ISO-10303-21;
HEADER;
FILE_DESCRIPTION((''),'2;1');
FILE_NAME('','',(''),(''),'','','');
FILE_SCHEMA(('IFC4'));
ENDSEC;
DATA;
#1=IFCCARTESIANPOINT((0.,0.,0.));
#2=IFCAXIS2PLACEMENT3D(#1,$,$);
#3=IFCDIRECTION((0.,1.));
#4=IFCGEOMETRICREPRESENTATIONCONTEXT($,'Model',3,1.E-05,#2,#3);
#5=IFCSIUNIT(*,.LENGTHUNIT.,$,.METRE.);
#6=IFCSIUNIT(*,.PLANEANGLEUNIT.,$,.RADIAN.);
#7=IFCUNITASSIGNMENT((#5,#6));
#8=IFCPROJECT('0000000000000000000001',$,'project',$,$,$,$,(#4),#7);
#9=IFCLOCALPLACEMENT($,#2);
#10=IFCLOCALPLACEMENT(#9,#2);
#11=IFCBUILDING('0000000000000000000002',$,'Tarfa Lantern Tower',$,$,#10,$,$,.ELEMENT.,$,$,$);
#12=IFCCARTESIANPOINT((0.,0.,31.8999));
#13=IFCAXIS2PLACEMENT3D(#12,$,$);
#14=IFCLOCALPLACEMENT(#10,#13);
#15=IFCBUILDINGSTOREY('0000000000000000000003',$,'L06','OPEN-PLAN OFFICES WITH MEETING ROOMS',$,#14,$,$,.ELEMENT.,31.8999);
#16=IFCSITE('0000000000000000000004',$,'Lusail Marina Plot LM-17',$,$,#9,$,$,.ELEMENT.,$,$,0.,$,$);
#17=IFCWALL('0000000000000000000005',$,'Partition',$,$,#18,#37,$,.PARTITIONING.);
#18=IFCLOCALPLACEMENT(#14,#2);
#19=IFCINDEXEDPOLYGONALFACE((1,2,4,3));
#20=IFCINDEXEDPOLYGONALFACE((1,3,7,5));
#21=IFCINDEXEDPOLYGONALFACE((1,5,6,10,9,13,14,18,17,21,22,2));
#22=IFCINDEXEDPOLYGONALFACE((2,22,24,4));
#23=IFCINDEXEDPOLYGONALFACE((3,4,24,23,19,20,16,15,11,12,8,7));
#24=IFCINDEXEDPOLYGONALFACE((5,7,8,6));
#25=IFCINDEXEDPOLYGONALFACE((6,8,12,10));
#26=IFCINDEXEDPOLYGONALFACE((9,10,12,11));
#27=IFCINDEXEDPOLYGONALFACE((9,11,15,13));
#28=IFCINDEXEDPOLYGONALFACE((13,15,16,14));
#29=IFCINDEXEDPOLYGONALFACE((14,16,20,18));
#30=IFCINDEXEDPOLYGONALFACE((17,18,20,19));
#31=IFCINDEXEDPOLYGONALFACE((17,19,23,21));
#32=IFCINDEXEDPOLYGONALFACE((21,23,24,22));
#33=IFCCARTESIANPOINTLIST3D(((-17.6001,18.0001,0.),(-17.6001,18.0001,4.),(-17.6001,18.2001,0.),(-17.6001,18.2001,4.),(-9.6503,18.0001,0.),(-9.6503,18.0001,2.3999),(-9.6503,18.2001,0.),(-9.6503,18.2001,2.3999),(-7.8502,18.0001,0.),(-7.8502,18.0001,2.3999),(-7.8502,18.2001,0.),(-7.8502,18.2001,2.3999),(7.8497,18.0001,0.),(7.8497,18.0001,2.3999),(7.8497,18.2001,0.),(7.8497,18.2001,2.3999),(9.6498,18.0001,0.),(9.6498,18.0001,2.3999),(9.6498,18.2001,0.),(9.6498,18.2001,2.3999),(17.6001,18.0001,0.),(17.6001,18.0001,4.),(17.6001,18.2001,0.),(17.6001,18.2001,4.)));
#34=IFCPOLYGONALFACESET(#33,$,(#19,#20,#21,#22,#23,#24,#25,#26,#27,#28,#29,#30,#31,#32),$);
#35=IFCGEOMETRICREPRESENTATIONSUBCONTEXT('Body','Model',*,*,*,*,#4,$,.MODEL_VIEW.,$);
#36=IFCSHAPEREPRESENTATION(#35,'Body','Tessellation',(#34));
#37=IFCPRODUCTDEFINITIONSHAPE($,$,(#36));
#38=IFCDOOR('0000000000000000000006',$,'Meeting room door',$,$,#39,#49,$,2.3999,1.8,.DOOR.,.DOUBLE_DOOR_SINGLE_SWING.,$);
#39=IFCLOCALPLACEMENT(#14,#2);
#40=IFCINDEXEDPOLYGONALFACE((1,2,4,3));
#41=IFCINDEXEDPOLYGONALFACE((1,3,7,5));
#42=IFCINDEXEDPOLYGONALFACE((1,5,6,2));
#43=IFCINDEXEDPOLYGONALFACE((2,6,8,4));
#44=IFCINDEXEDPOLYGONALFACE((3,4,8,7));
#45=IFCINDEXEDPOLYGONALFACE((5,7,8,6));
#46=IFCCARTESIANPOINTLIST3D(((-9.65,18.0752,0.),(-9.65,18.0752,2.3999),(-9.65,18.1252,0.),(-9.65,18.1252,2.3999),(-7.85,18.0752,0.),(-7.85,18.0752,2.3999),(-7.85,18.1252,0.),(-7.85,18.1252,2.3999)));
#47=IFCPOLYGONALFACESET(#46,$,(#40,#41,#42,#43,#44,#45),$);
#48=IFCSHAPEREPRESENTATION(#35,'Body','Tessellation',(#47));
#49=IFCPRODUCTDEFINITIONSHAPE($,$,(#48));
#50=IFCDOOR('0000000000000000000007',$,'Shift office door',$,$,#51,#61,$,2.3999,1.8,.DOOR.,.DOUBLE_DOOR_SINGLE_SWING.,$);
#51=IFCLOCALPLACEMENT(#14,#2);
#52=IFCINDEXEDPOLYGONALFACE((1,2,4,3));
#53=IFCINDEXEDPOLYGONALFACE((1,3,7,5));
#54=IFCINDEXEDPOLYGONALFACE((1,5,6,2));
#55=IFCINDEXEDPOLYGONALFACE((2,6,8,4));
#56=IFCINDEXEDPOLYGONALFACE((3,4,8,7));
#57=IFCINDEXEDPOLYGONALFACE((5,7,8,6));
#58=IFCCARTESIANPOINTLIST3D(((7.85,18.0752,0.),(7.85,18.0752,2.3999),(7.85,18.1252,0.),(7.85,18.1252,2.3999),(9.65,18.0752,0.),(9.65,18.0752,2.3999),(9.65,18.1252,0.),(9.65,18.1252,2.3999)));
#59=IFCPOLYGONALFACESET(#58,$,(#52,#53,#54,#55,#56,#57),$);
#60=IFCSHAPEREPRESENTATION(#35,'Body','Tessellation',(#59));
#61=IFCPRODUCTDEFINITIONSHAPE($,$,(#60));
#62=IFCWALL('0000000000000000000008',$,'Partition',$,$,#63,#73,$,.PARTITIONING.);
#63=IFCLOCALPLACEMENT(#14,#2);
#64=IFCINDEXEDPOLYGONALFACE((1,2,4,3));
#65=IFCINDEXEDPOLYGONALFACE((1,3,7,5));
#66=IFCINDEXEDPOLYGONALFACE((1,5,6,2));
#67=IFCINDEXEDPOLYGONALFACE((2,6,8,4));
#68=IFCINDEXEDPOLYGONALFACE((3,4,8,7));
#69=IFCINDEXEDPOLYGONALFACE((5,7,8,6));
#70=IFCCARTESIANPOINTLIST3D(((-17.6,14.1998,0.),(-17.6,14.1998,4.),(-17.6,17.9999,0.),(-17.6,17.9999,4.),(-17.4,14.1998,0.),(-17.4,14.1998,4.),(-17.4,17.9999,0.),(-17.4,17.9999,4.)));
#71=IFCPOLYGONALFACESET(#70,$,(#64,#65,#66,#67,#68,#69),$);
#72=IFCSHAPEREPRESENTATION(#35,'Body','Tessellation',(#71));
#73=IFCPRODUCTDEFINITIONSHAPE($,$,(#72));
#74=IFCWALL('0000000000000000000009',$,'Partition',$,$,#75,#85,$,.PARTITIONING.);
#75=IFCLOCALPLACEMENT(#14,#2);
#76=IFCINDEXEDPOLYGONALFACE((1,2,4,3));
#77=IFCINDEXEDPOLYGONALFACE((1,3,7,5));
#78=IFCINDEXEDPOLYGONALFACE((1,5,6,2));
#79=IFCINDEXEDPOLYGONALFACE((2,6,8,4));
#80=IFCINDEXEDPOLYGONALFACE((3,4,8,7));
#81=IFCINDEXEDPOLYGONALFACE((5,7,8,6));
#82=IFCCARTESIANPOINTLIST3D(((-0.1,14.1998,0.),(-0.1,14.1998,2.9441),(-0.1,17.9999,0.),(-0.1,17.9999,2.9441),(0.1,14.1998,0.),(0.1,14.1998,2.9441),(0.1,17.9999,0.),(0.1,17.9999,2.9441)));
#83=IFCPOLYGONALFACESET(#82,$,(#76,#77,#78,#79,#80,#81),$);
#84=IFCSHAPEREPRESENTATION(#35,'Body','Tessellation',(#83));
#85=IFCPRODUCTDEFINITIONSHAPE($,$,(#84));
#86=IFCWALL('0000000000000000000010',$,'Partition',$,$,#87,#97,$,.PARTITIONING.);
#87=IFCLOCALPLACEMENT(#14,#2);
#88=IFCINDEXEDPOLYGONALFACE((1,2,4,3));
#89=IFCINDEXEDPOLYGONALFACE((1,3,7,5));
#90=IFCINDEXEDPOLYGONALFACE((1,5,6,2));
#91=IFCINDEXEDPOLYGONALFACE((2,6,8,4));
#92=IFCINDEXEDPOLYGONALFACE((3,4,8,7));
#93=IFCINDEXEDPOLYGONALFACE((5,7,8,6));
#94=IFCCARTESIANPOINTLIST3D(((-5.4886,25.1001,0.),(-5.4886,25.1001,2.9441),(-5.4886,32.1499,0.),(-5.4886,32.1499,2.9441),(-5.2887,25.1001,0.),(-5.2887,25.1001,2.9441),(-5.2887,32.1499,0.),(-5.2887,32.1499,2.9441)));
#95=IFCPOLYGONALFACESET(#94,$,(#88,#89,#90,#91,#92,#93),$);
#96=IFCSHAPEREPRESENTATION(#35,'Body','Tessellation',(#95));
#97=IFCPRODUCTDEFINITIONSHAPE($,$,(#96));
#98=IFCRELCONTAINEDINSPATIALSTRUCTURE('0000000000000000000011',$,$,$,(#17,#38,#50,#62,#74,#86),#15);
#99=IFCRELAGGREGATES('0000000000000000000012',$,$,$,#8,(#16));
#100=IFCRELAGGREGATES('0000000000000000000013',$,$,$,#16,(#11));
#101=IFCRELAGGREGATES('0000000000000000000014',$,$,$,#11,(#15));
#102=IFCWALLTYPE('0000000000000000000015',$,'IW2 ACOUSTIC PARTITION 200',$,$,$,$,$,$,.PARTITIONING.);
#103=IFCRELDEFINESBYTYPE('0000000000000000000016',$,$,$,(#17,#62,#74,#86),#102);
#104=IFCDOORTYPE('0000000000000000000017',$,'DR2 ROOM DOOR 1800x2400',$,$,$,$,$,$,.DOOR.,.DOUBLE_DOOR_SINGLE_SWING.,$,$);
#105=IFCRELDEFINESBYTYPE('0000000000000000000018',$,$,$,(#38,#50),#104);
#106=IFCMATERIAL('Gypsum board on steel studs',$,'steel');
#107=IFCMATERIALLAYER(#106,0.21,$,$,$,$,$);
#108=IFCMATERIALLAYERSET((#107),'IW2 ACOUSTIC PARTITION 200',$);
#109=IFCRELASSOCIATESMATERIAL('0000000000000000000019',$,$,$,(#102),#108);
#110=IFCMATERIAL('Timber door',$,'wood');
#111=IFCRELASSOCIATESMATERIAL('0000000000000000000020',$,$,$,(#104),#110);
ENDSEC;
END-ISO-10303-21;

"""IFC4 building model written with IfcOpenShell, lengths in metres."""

from ifc_helpers import new_model, si_unit, direction, frame, frame_2d, origin, place, context, subcontext, project, spatial, rectangle, extrude, material, layer, layer_set, type_object, element, fill, save


model = new_model("IFC4")

# Units and contexts
model_context = context("Model", 3, precision=1e-05, world=origin(), true_north=direction((0.0, 1.0)))
body_context = subcontext(model_context, "Body", "Model", "MODEL_VIEW")
ifc_project = project(units=[si_unit("LENGTHUNIT", "METRE"), si_unit("PLANEANGLEUNIT", "RADIAN")], contexts=[model_context])

# Site, building, storey
site_placement = place(None, origin())
site = spatial("IfcSite", under=ifc_project, at=site_placement, Name="Lusail Marina Plot LM-17", CompositionType="ELEMENT", RefElevation=0.0)
building_placement = place(site_placement, origin())
building = spatial("IfcBuilding", under=site, at=building_placement, Name="Tarfa Lantern Tower", CompositionType="ELEMENT")
storey_placement = place(building_placement, frame((0.0, 0.0, 31.8999)))
storey = spatial("IfcBuildingStorey", under=building, at=storey_placement, Name="L06", Description="OPEN-PLAN OFFICES WITH MEETING ROOMS", CompositionType="ELEMENT", Elevation=31.8999)

# Wall, openings, doors
ifc_material_1 = material(Name="Gypsum board on steel studs", Category="steel")
ifc_layer_1 = layer(ifc_material_1, 0.21)
ifc_layer_set_1 = layer_set([ifc_layer_1], Name="IW2 ACOUSTIC PARTITION 200")
wall_type = type_object("IfcWallType", Name="IW2 ACOUSTIC PARTITION 200", PredefinedType="PARTITIONING", material=ifc_layer_set_1)
wall_1_placement = place(storey_placement, frame((-17.6001, 18.1001, 0.0), z_axis=(0.0, 0.0, 1.0), x_axis=(1.0, 0.0, 0.0)))
wall_1 = element("IfcWall", 1, at=wall_1_placement, inside=storey, type_object=wall_type, Name="Partition", PredefinedType="PARTITIONING", context=body_context, shape_type="SweptSolid", body=[
    extrude(rectangle(XDim=35.2002, YDim=0.2, at=frame_2d((17.6001, 0.0))), origin(), (0.0, 0.0, 1.0), 4.0),
])
opening_1_placement = place(wall_1_placement, frame((7.95, 0.0, 0.0)))
opening_1 = element("IfcOpeningElement", 2, at=opening_1_placement, cuts=wall_1, PredefinedType="OPENING", context=body_context, shape_type="SweptSolid", body=[
    extrude(rectangle(XDim=1.8, YDim=2.3999, at=frame_2d((0.8999, 1.2))), frame((0.0, 0.1099, 0.0), z_axis=(0.0, -1.0, 0.0), x_axis=(1.0, 0.0, 0.0)), (0.0, 0.0, 1.0), 0.22),
])
opening_2_placement = place(wall_1_placement, frame((25.45, 0.0, 0.0)))
opening_2 = element("IfcOpeningElement", 3, at=opening_2_placement, cuts=wall_1, PredefinedType="OPENING", context=body_context, shape_type="SweptSolid", body=[
    extrude(rectangle(XDim=1.8, YDim=2.3999, at=frame_2d((0.8999, 1.2))), frame((0.0, 0.1099, 0.0), z_axis=(0.0, -1.0, 0.0), x_axis=(1.0, 0.0, 0.0)), (0.0, 0.0, 1.0), 0.22),
])
ifc_material_2 = material(Name="Timber door", Category="wood")
door_type = type_object("IfcDoorType", Name="DR2 ROOM DOOR 1800x2400", OperationType="DOUBLE_DOOR_SINGLE_SWING", PredefinedType="DOOR", material=ifc_material_2)
door_1_placement = place(opening_1_placement, frame((1.8, 0.0, 0.0), z_axis=(0.0, 0.0, 1.0), x_axis=(-1.0, 0.0, 0.0)))
door_1 = element("IfcDoor", 4, at=door_1_placement, inside=storey, type_object=door_type, Name="Meeting room door", OperationType="DOUBLE_DOOR_SINGLE_SWING", OverallHeight=2.3999, OverallWidth=1.8, PredefinedType="DOOR", context=body_context, shape_type="SweptSolid", body=[
    extrude(rectangle(XDim=1.8, YDim=2.3999, at=frame_2d((0.8999, 1.2))), frame((0.0, 0.0249, 0.0), z_axis=(0.0, -1.0, 0.0), x_axis=(1.0, 0.0, 0.0)), (0.0, 0.0, 1.0), 0.05),
])
fill(opening_1, door_1)
door_2_placement = place(opening_2_placement, frame((1.8, 0.0, 0.0), z_axis=(0.0, 0.0, 1.0), x_axis=(-1.0, 0.0, 0.0)))
door_2 = element("IfcDoor", 5, at=door_2_placement, inside=storey, type_object=door_type, Name="Shift office door", OperationType="DOUBLE_DOOR_SINGLE_SWING", OverallHeight=2.3999, OverallWidth=1.8, PredefinedType="DOOR", context=body_context, shape_type="SweptSolid", body=[
    extrude(rectangle(XDim=1.8, YDim=2.3999, at=frame_2d((0.8999, 1.2))), frame((0.0, 0.0249, 0.0), z_axis=(0.0, -1.0, 0.0), x_axis=(1.0, 0.0, 0.0)), (0.0, 0.0, 1.0), 0.05),
])
fill(opening_2, door_2)

# Walls
wall_2_placement = place(storey_placement, frame((-17.5, 14.2, 0.0), z_axis=(0.0, 0.0, 1.0), x_axis=(0.0, 1.0, 0.0)))
element("IfcWall", 6, at=wall_2_placement, inside=storey, type_object=wall_type, Name="Partition", PredefinedType="PARTITIONING", context=body_context, shape_type="SweptSolid", body=[
    extrude(rectangle(XDim=3.8, YDim=0.2, at=frame_2d((1.8999, 0.0))), origin(), (0.0, 0.0, 1.0), 4.0),
])
wall_3_placement = place(storey_placement, frame((0.0, 14.2, 0.0), z_axis=(0.0, 0.0, 1.0), x_axis=(0.0, 1.0, 0.0)))
element("IfcWall", 7, at=wall_3_placement, inside=storey, type_object=wall_type, Name="Partition", PredefinedType="PARTITIONING", context=body_context, shape_type="SweptSolid", body=[
    extrude(rectangle(XDim=3.8, YDim=0.2, at=frame_2d((1.8999, 0.0))), origin(), (0.0, 0.0, 1.0), 2.9441),
])
wall_4_placement = place(storey_placement, frame((-5.3887, 25.1001, 0.0), z_axis=(0.0, 0.0, 1.0), x_axis=(0.0, 1.0, 0.0)))
element("IfcWall", 8, at=wall_4_placement, inside=storey, type_object=wall_type, Name="Partition", PredefinedType="PARTITIONING", context=body_context, shape_type="SweptSolid", body=[
    extrude(rectangle(XDim=7.0498, YDim=0.2, at=frame_2d((3.5249, 0.0))), origin(), (0.0, 0.0, 1.0), 2.9441),
])

save(model, "model.ifc")
